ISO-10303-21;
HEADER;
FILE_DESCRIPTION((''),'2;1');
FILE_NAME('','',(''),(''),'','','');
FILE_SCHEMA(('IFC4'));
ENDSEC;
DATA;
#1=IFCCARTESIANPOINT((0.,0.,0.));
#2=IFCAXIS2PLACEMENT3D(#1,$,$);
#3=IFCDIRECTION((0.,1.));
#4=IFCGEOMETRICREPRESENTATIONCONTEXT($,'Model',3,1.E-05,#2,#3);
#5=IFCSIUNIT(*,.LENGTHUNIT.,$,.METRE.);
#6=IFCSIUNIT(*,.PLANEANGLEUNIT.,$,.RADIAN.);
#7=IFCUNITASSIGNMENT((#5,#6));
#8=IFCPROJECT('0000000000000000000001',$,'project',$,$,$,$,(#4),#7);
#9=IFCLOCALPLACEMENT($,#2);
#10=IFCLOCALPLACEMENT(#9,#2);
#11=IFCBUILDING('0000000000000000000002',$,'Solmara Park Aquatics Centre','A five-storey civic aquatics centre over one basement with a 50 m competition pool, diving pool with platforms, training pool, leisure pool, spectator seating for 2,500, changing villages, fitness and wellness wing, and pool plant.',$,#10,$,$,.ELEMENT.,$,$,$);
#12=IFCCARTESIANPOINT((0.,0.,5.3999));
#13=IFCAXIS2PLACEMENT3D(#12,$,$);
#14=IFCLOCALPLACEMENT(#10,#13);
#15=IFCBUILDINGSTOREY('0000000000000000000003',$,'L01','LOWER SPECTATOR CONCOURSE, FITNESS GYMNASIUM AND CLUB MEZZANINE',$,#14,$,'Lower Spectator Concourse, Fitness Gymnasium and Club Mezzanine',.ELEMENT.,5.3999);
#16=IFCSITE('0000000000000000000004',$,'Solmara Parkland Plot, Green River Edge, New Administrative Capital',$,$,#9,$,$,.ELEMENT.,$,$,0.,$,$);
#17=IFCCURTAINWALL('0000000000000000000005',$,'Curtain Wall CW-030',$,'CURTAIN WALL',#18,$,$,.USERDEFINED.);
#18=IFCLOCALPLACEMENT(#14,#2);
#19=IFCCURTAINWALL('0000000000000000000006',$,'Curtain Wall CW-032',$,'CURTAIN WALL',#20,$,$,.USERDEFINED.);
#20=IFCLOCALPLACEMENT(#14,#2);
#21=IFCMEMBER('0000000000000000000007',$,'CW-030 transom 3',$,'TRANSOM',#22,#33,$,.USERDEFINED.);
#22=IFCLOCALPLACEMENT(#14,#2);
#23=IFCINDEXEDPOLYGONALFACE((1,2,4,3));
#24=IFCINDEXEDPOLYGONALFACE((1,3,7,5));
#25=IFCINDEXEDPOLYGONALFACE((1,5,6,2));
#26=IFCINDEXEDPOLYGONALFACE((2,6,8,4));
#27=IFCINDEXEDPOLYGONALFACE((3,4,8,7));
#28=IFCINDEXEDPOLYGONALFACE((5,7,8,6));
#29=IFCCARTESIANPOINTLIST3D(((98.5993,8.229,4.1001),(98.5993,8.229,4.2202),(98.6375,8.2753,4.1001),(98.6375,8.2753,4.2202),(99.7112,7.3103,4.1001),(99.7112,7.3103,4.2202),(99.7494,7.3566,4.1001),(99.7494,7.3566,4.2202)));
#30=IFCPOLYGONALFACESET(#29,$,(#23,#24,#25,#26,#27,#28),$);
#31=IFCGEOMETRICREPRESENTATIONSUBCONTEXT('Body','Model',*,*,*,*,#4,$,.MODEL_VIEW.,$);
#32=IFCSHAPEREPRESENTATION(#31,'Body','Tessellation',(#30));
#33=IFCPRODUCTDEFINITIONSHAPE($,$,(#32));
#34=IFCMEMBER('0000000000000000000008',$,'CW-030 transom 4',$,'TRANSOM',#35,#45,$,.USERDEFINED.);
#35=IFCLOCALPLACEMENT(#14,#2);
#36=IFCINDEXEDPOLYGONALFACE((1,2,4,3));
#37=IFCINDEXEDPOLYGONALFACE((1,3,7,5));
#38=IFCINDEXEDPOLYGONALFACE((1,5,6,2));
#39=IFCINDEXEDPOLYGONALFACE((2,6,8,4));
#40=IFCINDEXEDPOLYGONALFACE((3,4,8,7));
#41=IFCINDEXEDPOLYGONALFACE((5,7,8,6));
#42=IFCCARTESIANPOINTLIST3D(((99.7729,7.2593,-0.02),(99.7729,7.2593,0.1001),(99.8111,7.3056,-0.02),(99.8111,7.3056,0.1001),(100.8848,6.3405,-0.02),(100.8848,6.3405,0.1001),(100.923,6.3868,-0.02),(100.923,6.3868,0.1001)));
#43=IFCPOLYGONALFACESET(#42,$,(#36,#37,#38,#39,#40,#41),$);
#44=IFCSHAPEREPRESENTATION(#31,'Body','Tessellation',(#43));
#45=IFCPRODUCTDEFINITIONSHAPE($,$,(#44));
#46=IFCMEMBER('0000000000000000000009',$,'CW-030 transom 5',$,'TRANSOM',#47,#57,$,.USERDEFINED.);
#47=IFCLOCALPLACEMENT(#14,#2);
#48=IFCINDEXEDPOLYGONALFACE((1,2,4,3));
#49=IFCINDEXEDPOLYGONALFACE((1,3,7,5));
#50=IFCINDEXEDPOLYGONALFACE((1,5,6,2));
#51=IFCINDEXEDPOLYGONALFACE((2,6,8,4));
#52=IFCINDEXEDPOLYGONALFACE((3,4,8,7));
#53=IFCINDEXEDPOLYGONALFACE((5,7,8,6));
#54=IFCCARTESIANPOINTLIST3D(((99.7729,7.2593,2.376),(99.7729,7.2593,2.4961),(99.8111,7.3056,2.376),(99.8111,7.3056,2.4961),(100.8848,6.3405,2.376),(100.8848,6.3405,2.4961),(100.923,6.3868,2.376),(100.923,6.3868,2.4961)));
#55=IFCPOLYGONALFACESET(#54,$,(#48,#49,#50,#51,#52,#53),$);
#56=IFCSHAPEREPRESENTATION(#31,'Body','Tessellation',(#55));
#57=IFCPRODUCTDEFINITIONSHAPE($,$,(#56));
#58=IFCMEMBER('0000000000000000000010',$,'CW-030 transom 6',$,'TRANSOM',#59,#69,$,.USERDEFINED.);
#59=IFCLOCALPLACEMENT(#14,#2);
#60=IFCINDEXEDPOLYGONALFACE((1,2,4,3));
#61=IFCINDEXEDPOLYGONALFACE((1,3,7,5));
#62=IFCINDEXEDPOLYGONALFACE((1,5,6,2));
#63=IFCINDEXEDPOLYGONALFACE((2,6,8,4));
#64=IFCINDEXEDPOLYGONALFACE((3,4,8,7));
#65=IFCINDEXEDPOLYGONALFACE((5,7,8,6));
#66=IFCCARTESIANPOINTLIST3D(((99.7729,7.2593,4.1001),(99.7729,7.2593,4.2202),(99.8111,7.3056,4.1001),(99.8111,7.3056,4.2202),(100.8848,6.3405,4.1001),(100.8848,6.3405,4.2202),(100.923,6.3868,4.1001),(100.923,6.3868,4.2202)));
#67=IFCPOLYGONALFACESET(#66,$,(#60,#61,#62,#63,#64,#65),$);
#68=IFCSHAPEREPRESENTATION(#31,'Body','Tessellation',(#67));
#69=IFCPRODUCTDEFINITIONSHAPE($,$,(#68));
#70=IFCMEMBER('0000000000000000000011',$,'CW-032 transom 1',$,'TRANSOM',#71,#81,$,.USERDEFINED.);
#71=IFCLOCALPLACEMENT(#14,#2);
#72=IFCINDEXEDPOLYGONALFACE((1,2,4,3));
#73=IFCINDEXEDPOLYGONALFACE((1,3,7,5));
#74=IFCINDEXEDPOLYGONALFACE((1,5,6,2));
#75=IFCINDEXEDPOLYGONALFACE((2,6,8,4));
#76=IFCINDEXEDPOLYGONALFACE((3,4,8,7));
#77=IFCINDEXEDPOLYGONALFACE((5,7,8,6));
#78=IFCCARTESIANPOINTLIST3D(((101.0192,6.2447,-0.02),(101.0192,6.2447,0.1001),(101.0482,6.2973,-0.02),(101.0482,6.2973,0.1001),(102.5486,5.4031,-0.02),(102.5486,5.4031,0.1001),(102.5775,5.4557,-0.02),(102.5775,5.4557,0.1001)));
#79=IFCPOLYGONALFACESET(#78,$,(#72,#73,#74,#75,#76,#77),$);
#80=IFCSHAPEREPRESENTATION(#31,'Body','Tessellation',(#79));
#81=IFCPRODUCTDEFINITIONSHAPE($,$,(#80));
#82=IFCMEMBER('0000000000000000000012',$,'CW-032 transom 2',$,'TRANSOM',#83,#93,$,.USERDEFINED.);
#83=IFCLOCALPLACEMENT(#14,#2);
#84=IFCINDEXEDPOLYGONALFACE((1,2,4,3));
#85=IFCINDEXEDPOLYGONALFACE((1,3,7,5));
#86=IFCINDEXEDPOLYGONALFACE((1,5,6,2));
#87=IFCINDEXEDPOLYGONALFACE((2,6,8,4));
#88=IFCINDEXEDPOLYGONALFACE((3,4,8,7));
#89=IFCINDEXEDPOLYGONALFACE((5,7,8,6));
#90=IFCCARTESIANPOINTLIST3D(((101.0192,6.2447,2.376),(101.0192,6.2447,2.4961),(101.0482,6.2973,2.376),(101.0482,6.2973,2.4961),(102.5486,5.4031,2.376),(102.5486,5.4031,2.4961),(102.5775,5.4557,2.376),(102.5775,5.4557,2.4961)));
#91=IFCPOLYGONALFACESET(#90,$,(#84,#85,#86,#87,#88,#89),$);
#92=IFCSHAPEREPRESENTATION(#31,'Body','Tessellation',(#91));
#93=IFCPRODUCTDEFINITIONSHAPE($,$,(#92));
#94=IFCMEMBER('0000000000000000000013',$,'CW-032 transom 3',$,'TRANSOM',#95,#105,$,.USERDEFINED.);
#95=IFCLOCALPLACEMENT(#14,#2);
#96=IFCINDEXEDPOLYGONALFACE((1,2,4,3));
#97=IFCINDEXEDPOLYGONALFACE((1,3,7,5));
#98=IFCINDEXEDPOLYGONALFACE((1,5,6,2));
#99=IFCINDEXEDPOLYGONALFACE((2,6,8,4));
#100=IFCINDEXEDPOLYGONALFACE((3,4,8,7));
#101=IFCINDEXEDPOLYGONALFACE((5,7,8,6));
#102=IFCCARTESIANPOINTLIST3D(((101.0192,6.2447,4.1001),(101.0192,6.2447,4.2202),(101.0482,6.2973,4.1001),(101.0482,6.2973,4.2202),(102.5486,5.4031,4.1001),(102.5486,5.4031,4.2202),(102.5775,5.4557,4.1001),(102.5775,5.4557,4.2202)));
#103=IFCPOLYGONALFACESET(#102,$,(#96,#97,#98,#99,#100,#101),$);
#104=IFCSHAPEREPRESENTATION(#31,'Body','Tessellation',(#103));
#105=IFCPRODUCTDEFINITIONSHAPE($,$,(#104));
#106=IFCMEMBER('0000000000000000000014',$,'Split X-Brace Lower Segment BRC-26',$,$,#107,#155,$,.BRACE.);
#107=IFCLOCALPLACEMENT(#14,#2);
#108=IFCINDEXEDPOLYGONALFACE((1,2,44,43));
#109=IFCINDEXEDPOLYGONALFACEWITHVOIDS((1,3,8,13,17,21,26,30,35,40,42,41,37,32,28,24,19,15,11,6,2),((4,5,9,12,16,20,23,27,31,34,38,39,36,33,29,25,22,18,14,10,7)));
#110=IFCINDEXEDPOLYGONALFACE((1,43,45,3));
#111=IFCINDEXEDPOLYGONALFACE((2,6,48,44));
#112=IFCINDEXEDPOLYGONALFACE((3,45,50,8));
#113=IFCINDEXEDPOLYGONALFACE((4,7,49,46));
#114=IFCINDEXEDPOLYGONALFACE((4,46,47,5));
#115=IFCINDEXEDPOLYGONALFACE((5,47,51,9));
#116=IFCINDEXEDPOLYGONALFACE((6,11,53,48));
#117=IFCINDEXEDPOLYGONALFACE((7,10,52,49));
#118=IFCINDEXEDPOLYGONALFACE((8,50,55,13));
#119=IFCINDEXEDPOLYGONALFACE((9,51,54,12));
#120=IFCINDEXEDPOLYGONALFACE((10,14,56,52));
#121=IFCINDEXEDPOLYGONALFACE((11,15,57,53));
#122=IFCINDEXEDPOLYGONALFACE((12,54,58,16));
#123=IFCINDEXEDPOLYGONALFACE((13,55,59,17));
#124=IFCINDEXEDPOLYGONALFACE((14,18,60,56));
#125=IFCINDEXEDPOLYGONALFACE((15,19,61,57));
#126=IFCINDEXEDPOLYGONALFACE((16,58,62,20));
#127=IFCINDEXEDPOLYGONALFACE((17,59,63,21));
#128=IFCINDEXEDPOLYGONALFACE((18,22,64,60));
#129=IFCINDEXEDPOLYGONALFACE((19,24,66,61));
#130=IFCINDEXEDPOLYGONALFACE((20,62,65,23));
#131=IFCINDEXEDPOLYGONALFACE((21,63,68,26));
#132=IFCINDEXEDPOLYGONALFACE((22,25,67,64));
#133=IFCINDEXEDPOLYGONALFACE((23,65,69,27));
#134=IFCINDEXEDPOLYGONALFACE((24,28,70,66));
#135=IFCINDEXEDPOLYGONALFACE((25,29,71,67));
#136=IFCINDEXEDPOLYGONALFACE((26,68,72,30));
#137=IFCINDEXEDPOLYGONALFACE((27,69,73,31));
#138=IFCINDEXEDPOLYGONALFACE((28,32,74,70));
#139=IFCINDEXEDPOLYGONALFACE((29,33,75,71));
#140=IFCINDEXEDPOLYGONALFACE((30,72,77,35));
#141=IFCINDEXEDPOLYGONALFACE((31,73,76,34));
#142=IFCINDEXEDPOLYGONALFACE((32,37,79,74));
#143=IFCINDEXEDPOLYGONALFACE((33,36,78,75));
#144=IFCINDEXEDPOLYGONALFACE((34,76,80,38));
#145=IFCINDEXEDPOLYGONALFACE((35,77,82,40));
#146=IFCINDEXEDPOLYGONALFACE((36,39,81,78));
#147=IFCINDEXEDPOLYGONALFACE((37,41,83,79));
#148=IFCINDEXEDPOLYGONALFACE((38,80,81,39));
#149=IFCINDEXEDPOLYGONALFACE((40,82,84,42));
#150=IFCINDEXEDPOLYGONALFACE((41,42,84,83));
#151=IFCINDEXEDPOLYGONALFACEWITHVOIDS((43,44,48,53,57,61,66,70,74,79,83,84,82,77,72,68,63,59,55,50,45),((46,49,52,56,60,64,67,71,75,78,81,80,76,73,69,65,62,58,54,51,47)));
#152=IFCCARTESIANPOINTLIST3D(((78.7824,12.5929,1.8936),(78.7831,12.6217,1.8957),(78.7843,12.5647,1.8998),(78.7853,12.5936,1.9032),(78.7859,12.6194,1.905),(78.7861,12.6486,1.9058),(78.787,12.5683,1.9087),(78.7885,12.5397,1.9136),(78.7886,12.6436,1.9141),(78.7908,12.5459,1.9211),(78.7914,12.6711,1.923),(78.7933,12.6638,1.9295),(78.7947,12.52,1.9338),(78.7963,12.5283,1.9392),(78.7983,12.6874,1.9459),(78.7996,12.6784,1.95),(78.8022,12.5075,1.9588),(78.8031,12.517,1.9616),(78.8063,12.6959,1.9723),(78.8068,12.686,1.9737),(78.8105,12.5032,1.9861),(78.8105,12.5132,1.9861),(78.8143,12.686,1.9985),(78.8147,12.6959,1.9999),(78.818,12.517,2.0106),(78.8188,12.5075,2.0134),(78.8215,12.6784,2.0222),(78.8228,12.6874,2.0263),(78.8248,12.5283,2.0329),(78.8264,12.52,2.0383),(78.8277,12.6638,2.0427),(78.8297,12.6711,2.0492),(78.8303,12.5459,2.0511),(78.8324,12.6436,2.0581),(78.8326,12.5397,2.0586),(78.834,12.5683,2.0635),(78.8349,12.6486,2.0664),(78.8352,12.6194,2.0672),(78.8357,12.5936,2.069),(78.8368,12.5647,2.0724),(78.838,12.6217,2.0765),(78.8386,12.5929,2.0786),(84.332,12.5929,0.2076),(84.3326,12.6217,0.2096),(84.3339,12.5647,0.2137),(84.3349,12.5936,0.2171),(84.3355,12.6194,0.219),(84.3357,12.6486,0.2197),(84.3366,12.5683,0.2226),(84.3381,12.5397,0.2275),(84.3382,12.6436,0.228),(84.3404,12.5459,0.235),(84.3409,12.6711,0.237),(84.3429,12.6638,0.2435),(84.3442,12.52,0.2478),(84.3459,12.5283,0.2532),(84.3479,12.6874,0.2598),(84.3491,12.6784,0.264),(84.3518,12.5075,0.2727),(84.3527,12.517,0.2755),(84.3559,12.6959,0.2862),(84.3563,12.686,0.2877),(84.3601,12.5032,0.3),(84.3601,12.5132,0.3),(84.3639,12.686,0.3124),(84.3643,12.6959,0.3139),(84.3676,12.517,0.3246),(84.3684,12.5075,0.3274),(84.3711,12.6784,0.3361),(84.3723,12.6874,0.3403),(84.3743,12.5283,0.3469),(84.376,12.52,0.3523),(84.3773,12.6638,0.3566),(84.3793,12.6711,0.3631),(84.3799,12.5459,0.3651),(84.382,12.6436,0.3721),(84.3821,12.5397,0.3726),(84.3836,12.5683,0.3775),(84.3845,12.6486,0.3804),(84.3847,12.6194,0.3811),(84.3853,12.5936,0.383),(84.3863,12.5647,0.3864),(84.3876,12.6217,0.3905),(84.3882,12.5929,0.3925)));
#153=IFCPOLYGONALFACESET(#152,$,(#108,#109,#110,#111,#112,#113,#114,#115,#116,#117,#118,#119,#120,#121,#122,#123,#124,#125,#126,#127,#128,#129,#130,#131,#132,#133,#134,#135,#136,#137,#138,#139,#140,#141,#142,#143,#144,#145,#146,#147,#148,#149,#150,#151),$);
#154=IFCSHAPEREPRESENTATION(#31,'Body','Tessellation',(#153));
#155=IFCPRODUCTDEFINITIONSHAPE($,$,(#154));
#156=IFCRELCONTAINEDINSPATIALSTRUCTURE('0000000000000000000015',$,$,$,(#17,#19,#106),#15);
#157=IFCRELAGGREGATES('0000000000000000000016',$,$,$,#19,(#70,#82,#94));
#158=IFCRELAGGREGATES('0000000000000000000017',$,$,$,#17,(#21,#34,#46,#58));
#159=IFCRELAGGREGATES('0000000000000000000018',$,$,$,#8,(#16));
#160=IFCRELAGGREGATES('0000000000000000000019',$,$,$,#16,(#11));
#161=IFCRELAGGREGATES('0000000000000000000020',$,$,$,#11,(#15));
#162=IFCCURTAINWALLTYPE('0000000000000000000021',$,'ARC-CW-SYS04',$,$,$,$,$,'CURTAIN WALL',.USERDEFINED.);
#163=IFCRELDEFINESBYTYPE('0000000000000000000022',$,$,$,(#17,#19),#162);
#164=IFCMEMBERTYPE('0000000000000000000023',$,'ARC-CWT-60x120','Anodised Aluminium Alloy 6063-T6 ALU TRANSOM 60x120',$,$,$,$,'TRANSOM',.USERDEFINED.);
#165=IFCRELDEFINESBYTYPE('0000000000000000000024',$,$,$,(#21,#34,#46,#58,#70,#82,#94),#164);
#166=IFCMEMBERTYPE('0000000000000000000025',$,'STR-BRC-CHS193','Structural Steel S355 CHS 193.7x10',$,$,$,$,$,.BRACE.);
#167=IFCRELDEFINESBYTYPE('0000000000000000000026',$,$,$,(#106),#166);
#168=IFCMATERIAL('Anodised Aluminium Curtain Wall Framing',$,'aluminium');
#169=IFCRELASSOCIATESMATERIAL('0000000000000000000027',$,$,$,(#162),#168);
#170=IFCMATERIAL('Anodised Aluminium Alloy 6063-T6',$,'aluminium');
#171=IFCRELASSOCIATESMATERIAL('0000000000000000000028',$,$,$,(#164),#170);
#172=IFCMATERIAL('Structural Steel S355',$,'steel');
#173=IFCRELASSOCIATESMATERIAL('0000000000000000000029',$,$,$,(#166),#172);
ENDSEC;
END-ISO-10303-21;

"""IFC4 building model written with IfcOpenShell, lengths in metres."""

from ifc_helpers import new_model, si_unit, direction, frame, origin, origin_2d, place, context, subcontext, project, spatial, rectangle, hollow_circle, extrude, material, material_profile, profile_set, type_object, element, aggregate, save


model = new_model("IFC4")

# Units and contexts
model_context = context("Model", 3, precision=1e-05, world=origin(), true_north=direction((0.0, 1.0)))
body_context = subcontext(model_context, "Body", "Model", "MODEL_VIEW")
ifc_project = project(units=[si_unit("LENGTHUNIT", "METRE"), si_unit("PLANEANGLEUNIT", "RADIAN")], contexts=[model_context])

# Site, building, storey
site_placement = place(None, origin())
site = spatial("IfcSite", under=ifc_project, at=site_placement, Name="Solmara Parkland Plot, Green River Edge, New Administrative Capital", CompositionType="ELEMENT", RefElevation=0.0)
building_placement = place(site_placement, origin())
building = spatial("IfcBuilding", under=site, at=building_placement, Name="Solmara Park Aquatics Centre", Description="A five-storey civic aquatics centre over one basement with a 50 m competition pool, diving pool with platforms, training pool, leisure pool, spectator seating for 2,500, changing villages, fitness and wellness wing, and pool plant.", CompositionType="ELEMENT")
storey_placement = place(building_placement, frame((0.0, 0.0, 5.3999)))
storey = spatial("IfcBuildingStorey", under=building, at=storey_placement, Name="L01", Description="LOWER SPECTATOR CONCOURSE, FITNESS GYMNASIUM AND CLUB MEZZANINE", LongName="Lower Spectator Concourse, Fitness Gymnasium and Club Mezzanine", CompositionType="ELEMENT", Elevation=5.3999)

# Curtain wall
ifc_material_1 = material(Name="Anodised Aluminium Curtain Wall Framing", Category="aluminium")
curtain_wall_type = type_object("IfcCurtainWallType", Name="ARC-CW-SYS04", ElementType="CURTAIN WALL", PredefinedType="USERDEFINED", material=ifc_material_1)
ifc_material_2 = material(Name="Anodised Aluminium Alloy 6063-T6", Category="aluminium")
curtain_wall_1_placement = place(storey_placement, origin())
curtain_wall_1 = element("IfcCurtainWall", 1, at=curtain_wall_1_placement, inside=storey, type_object=curtain_wall_type, Name="Curtain Wall CW-030", ObjectType="CURTAIN WALL", PredefinedType="USERDEFINED")

# Curtain wall
curtain_wall_2_placement = place(storey_placement, origin())
curtain_wall_2 = element("IfcCurtainWall", 2, at=curtain_wall_2_placement, inside=storey, type_object=curtain_wall_type, Name="Curtain Wall CW-032", ObjectType="CURTAIN WALL", PredefinedType="USERDEFINED")

# Members
ifc_material_profile_1 = material_profile(ifc_material_2, rectangle(XDim=0.0601, YDim=0.1201, at=origin_2d()), Name="ALU TRANSOM 60x120")
ifc_profile_set_1 = profile_set([ifc_material_profile_1], Name="Anodised Aluminium Alloy 6063-T6")
member_type_1 = type_object("IfcMemberType", Name="ARC-CWT-60x120", Description="Anodised Aluminium Alloy 6063-T6 ALU TRANSOM 60x120", ElementType="TRANSOM", PredefinedType="USERDEFINED", material=ifc_profile_set_1)
member_1_placement = place(storey_placement, frame((98.6184, 8.2522, 4.1602), z_axis=(0.770879, -0.636982, 0.0), x_axis=(0.636982, 0.770879, 0.0)))
member_1 = element("IfcMember", 3, at=member_1_placement, type_object=member_type_1, Name="CW-030 transom 3", ObjectType="TRANSOM", PredefinedType="USERDEFINED", context=body_context, shape_type="SweptSolid", body=[
    extrude(rectangle(XDim=0.0601, YDim=0.1201, at=origin_2d()), origin(), (0.0, 0.0, 1.0), 1.4424),
])
member_2_placement = place(storey_placement, frame((99.792, 7.2825, 0.04), z_axis=(0.770879, -0.636982, 0.0), x_axis=(0.636982, 0.770879, 0.0)))
member_2 = element("IfcMember", 4, at=member_2_placement, type_object=member_type_1, Name="CW-030 transom 4", ObjectType="TRANSOM", PredefinedType="USERDEFINED", context=body_context, shape_type="SweptSolid", body=[
    extrude(rectangle(XDim=0.0601, YDim=0.1201, at=origin_2d()), origin(), (0.0, 0.0, 1.0), 1.4424),
])
member_3_placement = place(storey_placement, frame((99.792, 7.2825, 2.436), z_axis=(0.770879, -0.636982, 0.0), x_axis=(0.636982, 0.770879, 0.0)))
member_3 = element("IfcMember", 5, at=member_3_placement, type_object=member_type_1, Name="CW-030 transom 5", ObjectType="TRANSOM", PredefinedType="USERDEFINED", context=body_context, shape_type="SweptSolid", body=[
    extrude(rectangle(XDim=0.0601, YDim=0.1201, at=origin_2d()), origin(), (0.0, 0.0, 1.0), 1.4424),
])
member_4_placement = place(storey_placement, frame((99.792, 7.2825, 4.1602), z_axis=(0.770879, -0.636982, 0.0), x_axis=(0.636982, 0.770879, 0.0)))
member_4 = element("IfcMember", 6, at=member_4_placement, type_object=member_type_1, Name="CW-030 transom 6", ObjectType="TRANSOM", PredefinedType="USERDEFINED", context=body_context, shape_type="SweptSolid", body=[
    extrude(rectangle(XDim=0.0601, YDim=0.1201, at=origin_2d()), origin(), (0.0, 0.0, 1.0), 1.4424),
])
member_5_placement = place(storey_placement, frame((101.0337, 6.271, 0.04), z_axis=(0.87611, -0.482112, 0.0), x_axis=(0.482112, 0.87611, 0.0)))
member_5 = element("IfcMember", 7, at=member_5_placement, type_object=member_type_1, Name="CW-032 transom 1", ObjectType="TRANSOM", PredefinedType="USERDEFINED", context=body_context, shape_type="SweptSolid", body=[
    extrude(rectangle(XDim=0.0601, YDim=0.1201, at=origin_2d()), origin(), (0.0, 0.0, 1.0), 1.7456),
])
member_6_placement = place(storey_placement, frame((101.0337, 6.271, 2.436), z_axis=(0.87611, -0.482112, 0.0), x_axis=(0.482112, 0.87611, 0.0)))
member_6 = element("IfcMember", 8, at=member_6_placement, type_object=member_type_1, Name="CW-032 transom 2", ObjectType="TRANSOM", PredefinedType="USERDEFINED", context=body_context, shape_type="SweptSolid", body=[
    extrude(rectangle(XDim=0.0601, YDim=0.1201, at=origin_2d()), origin(), (0.0, 0.0, 1.0), 1.7456),
])
member_7_placement = place(storey_placement, frame((101.0337, 6.271, 4.1602), z_axis=(0.87611, -0.482112, 0.0), x_axis=(0.482112, 0.87611, 0.0)))
member_7 = element("IfcMember", 9, at=member_7_placement, type_object=member_type_1, Name="CW-032 transom 3", ObjectType="TRANSOM", PredefinedType="USERDEFINED", context=body_context, shape_type="SweptSolid", body=[
    extrude(rectangle(XDim=0.0601, YDim=0.1201, at=origin_2d()), origin(), (0.0, 0.0, 1.0), 1.7456),
])
aggregate(curtain_wall_2, [member_5, member_6, member_7])

# Member
ifc_material_3 = material(Name="Structural Steel S355", Category="steel")
ifc_material_profile_2 = material_profile(ifc_material_3, hollow_circle(Radius=0.0969, WallThickness=0.01, at=origin_2d()), Name="CHS 193.7x10")
ifc_profile_set_2 = profile_set([ifc_material_profile_2], Name="Structural Steel S355")
member_type_2 = type_object("IfcMemberType", Name="STR-BRC-CHS193", Description="Structural Steel S355 CHS 193.7x10", PredefinedType="BRACE", material=ifc_profile_set_2)
member_8_placement = place(storey_placement, frame((84.3601, 12.6001, 0.3), z_axis=(-0.956816, 0.0, 0.290694), x_axis=(0.0, -1.0, 0.0)))
element("IfcMember", 10, at=member_8_placement, inside=storey, type_object=member_type_2, Name="Split X-Brace Lower Segment BRC-26", PredefinedType="BRACE", context=body_context, shape_type="SweptSolid", body=[
    extrude(hollow_circle(Radius=0.0969, WallThickness=0.01, at=origin_2d()), origin(), (0.0, 0.0, 1.0), 5.8),
])

aggregate(curtain_wall_1, [member_1, member_2, member_3, member_4])

save(model, "model.ifc")
